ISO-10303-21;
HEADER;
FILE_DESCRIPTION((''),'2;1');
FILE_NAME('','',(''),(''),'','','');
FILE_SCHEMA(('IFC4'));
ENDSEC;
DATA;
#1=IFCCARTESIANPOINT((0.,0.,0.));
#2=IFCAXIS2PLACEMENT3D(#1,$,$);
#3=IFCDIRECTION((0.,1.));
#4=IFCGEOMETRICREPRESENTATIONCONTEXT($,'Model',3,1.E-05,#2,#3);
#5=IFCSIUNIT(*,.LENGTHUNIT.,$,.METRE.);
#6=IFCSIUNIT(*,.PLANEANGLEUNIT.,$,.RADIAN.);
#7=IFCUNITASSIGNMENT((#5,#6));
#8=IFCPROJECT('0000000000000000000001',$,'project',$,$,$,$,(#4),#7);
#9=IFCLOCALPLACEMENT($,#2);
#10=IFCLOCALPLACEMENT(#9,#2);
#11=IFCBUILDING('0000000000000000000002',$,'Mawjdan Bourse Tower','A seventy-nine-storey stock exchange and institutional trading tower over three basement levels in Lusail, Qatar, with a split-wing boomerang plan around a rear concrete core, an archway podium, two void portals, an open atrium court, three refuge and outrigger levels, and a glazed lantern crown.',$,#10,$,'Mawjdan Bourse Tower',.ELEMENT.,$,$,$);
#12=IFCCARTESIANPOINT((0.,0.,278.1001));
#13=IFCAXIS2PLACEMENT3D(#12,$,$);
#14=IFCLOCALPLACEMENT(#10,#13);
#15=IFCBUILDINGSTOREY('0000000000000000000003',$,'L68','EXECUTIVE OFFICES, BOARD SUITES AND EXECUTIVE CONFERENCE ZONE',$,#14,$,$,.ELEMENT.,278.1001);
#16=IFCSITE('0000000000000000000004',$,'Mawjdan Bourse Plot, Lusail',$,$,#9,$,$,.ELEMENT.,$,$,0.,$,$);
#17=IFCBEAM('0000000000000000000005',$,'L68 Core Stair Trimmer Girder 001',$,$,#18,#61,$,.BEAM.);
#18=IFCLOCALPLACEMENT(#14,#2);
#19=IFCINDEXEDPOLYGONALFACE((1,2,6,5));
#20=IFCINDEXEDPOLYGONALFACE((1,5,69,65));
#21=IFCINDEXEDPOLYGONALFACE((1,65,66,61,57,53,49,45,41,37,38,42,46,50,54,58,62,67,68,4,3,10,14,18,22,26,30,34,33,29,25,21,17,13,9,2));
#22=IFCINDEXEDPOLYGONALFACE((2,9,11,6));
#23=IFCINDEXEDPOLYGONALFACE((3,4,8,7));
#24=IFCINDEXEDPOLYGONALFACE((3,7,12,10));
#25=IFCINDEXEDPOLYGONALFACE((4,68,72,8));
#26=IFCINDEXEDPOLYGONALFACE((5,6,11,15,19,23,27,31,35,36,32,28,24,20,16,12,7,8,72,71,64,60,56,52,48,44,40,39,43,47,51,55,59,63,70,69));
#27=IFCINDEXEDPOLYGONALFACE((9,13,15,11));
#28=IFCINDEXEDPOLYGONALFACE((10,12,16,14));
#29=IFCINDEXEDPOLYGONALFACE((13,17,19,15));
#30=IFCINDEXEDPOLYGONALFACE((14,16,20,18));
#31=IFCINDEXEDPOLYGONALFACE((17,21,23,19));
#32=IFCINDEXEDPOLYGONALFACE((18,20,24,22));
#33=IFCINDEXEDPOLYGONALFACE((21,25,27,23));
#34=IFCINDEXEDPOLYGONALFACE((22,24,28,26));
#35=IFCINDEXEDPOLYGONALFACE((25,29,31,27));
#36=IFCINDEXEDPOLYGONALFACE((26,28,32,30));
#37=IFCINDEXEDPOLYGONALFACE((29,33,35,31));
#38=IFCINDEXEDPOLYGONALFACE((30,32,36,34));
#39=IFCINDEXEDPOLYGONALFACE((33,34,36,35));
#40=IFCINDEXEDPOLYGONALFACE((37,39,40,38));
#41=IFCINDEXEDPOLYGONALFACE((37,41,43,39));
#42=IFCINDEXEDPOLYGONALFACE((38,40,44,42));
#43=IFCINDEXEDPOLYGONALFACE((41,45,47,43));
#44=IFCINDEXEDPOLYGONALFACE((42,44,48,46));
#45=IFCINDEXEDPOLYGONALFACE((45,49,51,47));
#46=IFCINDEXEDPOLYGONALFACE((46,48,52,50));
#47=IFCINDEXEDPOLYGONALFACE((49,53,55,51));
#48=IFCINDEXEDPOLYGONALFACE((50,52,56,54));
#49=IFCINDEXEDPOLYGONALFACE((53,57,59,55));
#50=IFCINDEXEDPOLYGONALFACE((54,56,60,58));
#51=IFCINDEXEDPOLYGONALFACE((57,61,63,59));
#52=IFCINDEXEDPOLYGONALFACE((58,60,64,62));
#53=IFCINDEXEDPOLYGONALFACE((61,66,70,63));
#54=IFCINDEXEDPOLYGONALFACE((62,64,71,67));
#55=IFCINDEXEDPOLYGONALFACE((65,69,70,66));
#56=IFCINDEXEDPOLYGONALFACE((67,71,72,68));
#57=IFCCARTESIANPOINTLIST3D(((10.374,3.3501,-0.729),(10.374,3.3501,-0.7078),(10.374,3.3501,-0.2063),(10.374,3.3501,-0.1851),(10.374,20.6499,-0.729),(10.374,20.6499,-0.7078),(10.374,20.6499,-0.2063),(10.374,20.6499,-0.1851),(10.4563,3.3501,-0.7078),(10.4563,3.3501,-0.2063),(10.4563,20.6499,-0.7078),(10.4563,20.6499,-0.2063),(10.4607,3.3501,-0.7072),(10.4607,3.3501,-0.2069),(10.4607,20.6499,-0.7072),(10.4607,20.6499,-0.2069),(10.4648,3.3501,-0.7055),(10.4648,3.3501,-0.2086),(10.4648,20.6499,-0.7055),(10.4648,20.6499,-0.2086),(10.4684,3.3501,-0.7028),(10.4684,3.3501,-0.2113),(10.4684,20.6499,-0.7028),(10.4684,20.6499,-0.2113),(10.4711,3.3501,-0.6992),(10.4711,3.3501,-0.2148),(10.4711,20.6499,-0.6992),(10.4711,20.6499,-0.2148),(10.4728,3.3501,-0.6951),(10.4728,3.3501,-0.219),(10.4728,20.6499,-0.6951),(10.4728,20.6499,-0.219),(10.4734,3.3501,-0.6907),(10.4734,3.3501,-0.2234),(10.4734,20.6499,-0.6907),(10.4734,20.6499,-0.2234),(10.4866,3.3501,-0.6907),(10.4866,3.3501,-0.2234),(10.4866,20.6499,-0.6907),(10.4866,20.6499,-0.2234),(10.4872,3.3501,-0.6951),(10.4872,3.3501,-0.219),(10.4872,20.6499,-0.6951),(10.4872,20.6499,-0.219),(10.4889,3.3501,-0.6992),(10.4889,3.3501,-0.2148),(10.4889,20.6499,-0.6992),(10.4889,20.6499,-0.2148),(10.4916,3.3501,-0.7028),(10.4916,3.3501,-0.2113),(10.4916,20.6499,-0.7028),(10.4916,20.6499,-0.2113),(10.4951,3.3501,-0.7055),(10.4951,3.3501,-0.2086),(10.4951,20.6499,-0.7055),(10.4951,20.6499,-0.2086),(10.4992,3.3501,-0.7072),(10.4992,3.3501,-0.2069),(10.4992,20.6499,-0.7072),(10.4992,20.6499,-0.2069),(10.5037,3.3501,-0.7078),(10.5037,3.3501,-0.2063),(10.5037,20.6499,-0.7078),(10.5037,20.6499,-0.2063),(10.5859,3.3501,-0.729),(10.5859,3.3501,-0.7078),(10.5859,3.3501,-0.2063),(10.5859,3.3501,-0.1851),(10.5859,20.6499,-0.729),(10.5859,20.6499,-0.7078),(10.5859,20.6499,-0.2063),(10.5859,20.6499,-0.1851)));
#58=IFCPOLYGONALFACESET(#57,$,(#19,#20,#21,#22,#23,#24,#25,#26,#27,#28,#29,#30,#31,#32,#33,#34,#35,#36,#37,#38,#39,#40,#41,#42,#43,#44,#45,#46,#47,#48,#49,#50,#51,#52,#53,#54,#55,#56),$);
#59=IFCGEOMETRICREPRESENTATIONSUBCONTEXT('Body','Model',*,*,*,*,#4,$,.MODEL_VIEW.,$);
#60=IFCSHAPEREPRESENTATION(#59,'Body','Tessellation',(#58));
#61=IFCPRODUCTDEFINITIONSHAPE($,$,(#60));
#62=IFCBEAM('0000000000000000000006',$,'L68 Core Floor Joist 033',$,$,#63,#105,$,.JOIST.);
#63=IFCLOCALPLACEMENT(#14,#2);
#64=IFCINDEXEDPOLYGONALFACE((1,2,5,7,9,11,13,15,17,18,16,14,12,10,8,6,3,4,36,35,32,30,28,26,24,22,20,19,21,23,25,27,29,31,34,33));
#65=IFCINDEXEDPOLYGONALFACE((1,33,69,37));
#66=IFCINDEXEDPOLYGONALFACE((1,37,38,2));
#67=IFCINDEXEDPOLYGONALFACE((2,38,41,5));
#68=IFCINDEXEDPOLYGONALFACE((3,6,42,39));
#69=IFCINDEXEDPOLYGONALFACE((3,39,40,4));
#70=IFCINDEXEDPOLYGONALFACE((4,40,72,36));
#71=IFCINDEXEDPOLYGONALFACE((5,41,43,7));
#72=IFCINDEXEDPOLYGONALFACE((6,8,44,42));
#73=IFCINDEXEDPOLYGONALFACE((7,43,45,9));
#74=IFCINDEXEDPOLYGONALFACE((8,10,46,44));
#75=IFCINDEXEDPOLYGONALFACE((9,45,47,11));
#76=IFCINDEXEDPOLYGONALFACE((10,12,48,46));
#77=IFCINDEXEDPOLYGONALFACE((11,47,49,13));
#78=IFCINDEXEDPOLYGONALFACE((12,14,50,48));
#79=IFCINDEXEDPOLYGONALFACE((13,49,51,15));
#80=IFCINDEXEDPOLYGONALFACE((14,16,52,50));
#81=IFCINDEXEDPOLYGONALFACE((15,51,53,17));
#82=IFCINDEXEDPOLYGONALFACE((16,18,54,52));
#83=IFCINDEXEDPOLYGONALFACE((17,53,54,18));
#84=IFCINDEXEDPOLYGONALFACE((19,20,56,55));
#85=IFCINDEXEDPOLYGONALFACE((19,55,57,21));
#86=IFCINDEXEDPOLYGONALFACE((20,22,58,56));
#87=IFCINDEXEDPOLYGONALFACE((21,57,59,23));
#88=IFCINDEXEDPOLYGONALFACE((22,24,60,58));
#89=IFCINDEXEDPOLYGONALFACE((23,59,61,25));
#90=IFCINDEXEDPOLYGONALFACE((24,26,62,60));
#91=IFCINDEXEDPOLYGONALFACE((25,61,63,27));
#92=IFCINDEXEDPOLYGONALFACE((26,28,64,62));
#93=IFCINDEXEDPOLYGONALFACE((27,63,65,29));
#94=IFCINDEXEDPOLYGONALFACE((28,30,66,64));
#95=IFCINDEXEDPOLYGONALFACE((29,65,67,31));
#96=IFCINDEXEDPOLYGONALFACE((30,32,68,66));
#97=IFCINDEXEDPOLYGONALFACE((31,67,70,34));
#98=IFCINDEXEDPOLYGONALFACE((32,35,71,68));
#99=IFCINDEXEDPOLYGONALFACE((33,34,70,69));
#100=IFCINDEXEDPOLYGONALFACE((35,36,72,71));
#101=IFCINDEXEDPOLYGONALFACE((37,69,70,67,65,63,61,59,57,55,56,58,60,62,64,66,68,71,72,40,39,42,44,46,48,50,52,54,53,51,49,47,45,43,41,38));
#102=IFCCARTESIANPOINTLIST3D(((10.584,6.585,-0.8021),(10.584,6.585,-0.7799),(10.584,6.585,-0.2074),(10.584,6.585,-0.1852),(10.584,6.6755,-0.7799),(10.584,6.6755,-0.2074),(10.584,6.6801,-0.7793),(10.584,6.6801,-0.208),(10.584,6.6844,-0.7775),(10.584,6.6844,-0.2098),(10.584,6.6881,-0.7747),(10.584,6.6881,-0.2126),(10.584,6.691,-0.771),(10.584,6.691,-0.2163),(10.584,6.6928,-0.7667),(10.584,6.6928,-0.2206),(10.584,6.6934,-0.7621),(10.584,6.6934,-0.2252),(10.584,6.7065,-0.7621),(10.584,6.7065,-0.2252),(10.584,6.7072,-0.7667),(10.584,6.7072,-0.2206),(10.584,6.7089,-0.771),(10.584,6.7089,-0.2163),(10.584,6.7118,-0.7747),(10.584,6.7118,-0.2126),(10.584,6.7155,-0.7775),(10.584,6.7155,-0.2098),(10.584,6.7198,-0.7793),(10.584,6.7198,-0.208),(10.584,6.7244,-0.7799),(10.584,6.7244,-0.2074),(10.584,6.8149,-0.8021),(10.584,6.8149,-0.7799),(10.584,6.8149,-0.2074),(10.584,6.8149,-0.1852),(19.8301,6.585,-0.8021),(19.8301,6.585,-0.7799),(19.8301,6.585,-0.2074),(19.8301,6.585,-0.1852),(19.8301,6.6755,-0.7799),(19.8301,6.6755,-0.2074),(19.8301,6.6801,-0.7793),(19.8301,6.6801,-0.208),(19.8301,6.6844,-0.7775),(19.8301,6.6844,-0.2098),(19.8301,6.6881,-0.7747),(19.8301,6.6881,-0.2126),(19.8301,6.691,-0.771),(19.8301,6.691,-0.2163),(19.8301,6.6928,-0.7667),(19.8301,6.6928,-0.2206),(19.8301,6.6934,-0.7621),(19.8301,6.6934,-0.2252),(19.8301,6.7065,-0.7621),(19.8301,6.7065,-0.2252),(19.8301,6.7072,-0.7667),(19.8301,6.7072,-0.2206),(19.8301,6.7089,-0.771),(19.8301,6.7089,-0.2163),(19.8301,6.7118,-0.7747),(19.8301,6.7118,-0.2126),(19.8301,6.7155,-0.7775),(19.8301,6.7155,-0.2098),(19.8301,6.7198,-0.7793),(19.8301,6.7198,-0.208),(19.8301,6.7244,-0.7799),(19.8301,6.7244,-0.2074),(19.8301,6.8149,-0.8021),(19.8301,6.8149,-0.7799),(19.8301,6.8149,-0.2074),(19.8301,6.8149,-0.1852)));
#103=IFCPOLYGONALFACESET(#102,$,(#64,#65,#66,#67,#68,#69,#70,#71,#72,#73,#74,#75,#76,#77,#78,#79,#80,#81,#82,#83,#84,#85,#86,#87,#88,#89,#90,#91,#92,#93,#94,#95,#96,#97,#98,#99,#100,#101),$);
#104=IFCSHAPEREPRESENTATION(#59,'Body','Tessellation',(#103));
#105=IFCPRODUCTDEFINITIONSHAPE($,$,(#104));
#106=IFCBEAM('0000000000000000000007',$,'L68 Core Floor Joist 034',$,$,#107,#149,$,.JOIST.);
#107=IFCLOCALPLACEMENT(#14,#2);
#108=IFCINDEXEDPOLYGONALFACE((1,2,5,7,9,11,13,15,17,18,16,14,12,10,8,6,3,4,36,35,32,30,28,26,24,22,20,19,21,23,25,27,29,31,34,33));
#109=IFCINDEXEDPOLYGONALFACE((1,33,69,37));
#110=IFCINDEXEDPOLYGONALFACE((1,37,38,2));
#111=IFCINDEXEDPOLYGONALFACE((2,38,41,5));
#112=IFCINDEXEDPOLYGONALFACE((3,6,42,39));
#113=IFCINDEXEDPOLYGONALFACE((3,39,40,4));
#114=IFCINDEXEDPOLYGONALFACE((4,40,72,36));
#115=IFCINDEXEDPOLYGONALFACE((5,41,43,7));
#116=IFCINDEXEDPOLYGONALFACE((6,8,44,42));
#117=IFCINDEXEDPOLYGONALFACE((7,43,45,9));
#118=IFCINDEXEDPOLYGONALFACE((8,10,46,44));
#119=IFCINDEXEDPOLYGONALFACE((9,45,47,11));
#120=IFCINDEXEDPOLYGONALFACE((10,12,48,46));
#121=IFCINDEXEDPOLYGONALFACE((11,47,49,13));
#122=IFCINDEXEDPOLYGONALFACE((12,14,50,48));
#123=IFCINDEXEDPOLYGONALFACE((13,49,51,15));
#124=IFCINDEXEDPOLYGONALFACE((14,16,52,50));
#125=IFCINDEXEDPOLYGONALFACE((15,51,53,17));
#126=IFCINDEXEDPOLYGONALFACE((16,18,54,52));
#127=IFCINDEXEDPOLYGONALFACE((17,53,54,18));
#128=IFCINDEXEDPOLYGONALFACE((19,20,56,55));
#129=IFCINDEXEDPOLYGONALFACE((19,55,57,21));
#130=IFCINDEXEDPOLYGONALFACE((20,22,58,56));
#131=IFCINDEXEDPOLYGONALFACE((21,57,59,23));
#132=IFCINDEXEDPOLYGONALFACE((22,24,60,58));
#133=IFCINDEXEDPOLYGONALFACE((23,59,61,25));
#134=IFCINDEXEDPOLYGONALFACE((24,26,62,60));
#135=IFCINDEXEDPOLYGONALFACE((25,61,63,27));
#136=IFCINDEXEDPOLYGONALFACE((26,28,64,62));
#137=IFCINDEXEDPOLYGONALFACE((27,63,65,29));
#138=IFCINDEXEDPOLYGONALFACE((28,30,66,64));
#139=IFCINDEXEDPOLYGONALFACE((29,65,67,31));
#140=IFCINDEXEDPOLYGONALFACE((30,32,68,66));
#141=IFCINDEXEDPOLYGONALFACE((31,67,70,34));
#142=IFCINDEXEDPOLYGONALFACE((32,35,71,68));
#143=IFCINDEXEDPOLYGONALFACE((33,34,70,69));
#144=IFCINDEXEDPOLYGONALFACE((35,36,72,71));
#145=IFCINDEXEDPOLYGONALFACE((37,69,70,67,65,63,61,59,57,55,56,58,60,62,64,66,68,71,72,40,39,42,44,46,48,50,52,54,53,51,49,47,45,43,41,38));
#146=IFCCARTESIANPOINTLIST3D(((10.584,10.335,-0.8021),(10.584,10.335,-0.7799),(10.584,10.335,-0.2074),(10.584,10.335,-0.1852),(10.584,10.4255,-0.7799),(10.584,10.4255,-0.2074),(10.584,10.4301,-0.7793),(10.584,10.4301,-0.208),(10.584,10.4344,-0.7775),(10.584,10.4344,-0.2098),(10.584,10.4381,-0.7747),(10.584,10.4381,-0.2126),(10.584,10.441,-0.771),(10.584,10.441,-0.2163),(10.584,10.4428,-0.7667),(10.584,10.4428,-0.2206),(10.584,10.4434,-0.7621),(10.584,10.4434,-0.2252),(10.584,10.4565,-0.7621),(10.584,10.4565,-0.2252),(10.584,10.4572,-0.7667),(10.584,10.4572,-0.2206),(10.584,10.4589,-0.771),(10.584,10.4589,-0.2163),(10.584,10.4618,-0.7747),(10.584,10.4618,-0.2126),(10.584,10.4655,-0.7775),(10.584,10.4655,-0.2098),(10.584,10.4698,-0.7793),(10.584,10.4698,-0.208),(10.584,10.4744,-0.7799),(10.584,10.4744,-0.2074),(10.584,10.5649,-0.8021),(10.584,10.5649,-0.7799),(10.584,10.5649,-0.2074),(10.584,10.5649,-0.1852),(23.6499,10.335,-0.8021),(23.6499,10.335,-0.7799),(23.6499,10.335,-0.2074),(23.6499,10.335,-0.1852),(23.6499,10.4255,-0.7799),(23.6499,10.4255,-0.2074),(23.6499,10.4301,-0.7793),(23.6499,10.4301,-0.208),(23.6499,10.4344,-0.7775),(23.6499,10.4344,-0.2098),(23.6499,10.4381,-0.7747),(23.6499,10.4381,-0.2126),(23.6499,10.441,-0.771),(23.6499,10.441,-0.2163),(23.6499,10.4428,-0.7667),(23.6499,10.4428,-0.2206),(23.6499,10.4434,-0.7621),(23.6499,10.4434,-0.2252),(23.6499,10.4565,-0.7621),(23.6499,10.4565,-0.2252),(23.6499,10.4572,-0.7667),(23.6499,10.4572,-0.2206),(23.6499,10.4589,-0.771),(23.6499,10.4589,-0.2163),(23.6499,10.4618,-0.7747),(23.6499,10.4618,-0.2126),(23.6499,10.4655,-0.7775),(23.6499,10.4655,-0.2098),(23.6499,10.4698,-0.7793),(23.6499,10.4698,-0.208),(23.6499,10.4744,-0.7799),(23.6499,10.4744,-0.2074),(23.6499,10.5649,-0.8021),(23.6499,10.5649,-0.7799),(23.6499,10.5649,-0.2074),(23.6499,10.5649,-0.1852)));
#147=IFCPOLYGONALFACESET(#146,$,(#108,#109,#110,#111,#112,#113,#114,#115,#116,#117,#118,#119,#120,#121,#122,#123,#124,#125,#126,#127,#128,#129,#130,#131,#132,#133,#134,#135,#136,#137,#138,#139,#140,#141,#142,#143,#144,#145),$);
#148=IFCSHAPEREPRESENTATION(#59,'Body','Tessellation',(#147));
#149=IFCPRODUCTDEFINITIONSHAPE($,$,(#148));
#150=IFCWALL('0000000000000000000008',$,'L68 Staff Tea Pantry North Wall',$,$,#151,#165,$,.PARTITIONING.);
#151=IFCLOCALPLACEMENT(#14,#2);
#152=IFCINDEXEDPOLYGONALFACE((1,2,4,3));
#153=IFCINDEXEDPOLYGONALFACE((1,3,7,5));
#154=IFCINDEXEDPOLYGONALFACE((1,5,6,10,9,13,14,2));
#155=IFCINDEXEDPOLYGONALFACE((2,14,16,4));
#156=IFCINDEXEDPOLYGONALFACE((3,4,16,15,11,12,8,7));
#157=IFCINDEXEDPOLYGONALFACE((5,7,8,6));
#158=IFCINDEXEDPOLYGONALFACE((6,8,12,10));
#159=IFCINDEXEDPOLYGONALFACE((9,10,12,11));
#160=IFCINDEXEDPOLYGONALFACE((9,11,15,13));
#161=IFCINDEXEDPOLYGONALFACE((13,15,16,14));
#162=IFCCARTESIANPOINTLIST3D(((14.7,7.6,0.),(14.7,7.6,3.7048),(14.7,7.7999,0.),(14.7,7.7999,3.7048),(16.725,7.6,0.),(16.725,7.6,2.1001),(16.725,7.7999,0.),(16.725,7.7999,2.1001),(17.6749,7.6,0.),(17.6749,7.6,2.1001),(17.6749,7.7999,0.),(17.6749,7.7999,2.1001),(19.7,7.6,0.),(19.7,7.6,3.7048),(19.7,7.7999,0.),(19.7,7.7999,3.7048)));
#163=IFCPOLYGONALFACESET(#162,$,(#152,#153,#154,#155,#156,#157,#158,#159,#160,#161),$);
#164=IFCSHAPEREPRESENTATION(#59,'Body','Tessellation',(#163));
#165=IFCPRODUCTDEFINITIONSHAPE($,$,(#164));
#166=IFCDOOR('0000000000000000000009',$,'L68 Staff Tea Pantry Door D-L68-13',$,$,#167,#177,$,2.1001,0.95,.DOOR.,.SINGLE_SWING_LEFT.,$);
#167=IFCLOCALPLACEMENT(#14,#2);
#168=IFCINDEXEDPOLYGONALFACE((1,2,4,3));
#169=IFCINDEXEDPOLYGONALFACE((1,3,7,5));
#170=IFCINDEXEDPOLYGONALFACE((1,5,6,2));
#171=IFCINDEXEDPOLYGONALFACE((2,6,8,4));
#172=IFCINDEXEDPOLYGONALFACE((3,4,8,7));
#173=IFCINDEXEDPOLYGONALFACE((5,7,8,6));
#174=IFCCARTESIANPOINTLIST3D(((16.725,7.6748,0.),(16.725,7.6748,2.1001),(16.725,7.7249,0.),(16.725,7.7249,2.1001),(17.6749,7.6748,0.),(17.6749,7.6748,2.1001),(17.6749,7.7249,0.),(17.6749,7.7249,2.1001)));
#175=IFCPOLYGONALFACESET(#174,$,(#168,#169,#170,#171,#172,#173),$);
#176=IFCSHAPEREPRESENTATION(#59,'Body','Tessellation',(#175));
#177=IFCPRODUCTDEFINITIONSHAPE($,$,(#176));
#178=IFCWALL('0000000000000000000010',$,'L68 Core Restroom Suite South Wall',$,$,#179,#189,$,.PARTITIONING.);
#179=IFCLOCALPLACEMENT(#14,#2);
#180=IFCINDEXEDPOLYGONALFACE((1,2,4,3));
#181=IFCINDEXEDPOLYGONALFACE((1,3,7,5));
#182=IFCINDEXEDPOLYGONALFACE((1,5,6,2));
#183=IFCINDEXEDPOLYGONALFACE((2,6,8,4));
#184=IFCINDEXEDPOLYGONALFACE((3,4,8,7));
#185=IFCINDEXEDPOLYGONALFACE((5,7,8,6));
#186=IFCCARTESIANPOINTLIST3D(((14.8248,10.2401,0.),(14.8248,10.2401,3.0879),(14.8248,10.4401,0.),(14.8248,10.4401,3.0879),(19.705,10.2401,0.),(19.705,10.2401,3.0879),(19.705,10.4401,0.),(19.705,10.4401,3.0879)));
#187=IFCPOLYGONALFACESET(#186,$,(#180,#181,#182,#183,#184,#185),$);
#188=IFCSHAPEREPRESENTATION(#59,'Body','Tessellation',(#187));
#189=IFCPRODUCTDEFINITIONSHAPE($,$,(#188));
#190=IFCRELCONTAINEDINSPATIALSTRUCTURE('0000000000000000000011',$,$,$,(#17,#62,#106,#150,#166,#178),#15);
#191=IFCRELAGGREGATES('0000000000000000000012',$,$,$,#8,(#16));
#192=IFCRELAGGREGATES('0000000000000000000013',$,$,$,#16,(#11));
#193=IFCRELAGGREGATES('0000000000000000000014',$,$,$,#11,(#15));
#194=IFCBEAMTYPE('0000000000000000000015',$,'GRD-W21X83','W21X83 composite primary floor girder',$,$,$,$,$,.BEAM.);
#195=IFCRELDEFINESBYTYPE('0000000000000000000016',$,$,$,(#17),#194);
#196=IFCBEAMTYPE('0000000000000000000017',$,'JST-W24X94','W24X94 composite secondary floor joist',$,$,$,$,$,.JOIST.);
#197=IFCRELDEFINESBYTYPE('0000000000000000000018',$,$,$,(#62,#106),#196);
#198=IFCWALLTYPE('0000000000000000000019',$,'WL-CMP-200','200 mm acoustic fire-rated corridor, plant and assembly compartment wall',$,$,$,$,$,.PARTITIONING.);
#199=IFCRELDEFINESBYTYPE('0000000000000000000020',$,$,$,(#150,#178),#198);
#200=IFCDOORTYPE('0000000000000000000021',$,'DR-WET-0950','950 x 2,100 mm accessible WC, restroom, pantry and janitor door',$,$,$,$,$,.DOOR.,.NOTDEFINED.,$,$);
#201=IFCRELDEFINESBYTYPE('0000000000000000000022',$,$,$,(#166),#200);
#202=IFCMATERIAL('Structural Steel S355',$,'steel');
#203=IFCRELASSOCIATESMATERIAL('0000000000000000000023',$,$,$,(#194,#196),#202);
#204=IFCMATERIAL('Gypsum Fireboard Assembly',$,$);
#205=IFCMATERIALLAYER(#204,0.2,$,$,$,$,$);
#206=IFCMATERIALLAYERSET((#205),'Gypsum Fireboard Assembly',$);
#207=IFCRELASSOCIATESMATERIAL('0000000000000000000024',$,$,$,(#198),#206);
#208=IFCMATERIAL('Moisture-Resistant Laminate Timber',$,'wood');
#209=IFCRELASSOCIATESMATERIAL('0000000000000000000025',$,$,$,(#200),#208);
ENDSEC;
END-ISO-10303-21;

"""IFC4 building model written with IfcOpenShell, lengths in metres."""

from ifc_helpers import new_model, si_unit, direction, frame, frame_2d, origin, origin_2d, place, context, subcontext, project, spatial, rectangle, i_section, extrude, material, layer, layer_set, material_profile, profile_set, type_object, element, fill, save


model = new_model("IFC4")

# Units and contexts
model_context = context("Model", 3, precision=1e-05, world=origin(), true_north=direction((0.0, 1.0)))
body_context = subcontext(model_context, "Body", "Model", "MODEL_VIEW")
ifc_project = project(units=[si_unit("LENGTHUNIT", "METRE"), si_unit("PLANEANGLEUNIT", "RADIAN")], contexts=[model_context])

# Site, building, storey
site_placement = place(None, origin())
site = spatial("IfcSite", under=ifc_project, at=site_placement, Name="Mawjdan Bourse Plot, Lusail", CompositionType="ELEMENT", RefElevation=0.0)
building_placement = place(site_placement, origin())
building = spatial("IfcBuilding", under=site, at=building_placement, Name="Mawjdan Bourse Tower", Description="A seventy-nine-storey stock exchange and institutional trading tower over three basement levels in Lusail, Qatar, with a split-wing boomerang plan around a rear concrete core, an archway podium, two void portals, an open atrium court, three refuge and outrigger levels, and a glazed lantern crown.", LongName="Mawjdan Bourse Tower", CompositionType="ELEMENT")
storey_placement = place(building_placement, frame((0.0, 0.0, 278.1001)))
storey = spatial("IfcBuildingStorey", under=building, at=storey_placement, Name="L68", Description="EXECUTIVE OFFICES, BOARD SUITES AND EXECUTIVE CONFERENCE ZONE", CompositionType="ELEMENT", Elevation=278.1001)

# Beams
ifc_material_1 = material(Name="Structural Steel S355", Category="steel")
ifc_material_profile_1 = material_profile(ifc_material_1, i_section(OverallWidth=0.2119, OverallDepth=0.5439, WebThickness=0.0132, FlangeThickness=0.0212, FilletRadius=0.0171, at=origin_2d()), Name="W21X83")
ifc_profile_set_1 = profile_set([ifc_material_profile_1], Name="Structural Steel S355")
beam_type_1 = type_object("IfcBeamType", Name="GRD-W21X83", Description="W21X83 composite primary floor girder", PredefinedType="BEAM", material=ifc_profile_set_1)
beam_1_placement = place(storey_placement, frame((10.48, 3.3501, -0.457), z_axis=(0.0, 1.0, 0.0), x_axis=(-1.0, 0.0, 0.0)))
element("IfcBeam", 1, at=beam_1_placement, inside=storey, type_object=beam_type_1, Name="L68 Core Stair Trimmer Girder 001", PredefinedType="BEAM", context=body_context, shape_type="SweptSolid", body=[
    extrude(i_section(OverallWidth=0.2119, OverallDepth=0.5439, WebThickness=0.0132, FlangeThickness=0.0212, FilletRadius=0.0171, at=origin_2d()), origin(), (0.0, 0.0, 1.0), 17.2998),
])
ifc_material_profile_2 = material_profile(ifc_material_1, i_section(OverallWidth=0.23, OverallDepth=0.6169, WebThickness=0.0132, FlangeThickness=0.0222, FilletRadius=0.0178, at=origin_2d()), Name="W24X94")
ifc_profile_set_2 = profile_set([ifc_material_profile_2], Name="Structural Steel S355")
beam_type_2 = type_object("IfcBeamType", Name="JST-W24X94", Description="W24X94 composite secondary floor joist", PredefinedType="JOIST", material=ifc_profile_set_2)
beam_2_placement = place(storey_placement, frame((10.584, 6.7, -0.4937), z_axis=(1.0, 0.0, 0.0), x_axis=(0.0, 1.0, 0.0)))
element("IfcBeam", 2, at=beam_2_placement, inside=storey, type_object=beam_type_2, Name="L68 Core Floor Joist 033", PredefinedType="JOIST", context=body_context, shape_type="SweptSolid", body=[
    extrude(i_section(OverallWidth=0.23, OverallDepth=0.6169, WebThickness=0.0132, FlangeThickness=0.0222, FilletRadius=0.0178, at=origin_2d()), origin(), (0.0, 0.0, 1.0), 9.2461),
])
beam_3_placement = place(storey_placement, frame((10.584, 10.45, -0.4937), z_axis=(1.0, 0.0, 0.0), x_axis=(0.0, 1.0, 0.0)))
element("IfcBeam", 3, at=beam_3_placement, inside=storey, type_object=beam_type_2, Name="L68 Core Floor Joist 034", PredefinedType="JOIST", context=body_context, shape_type="SweptSolid", body=[
    extrude(i_section(OverallWidth=0.23, OverallDepth=0.6169, WebThickness=0.0132, FlangeThickness=0.0222, FilletRadius=0.0178, at=origin_2d()), origin(), (0.0, 0.0, 1.0), 13.0659),
])

# Wall, opening, door
ifc_material_2 = material(Name="Gypsum Fireboard Assembly")
ifc_layer_1 = layer(ifc_material_2, 0.2)
ifc_layer_set_1 = layer_set([ifc_layer_1], Name="Gypsum Fireboard Assembly")
wall_type_1 = type_object("IfcWallType", Name="WL-CMP-200", Description="200 mm acoustic fire-rated corridor, plant and assembly compartment wall", PredefinedType="PARTITIONING", material=ifc_layer_set_1)
wall_1_placement = place(storey_placement, frame((14.7, 7.7, 0.0), z_axis=(0.0, 0.0, 1.0), x_axis=(1.0, 0.0, 0.0)))
wall_1 = element("IfcWall", 4, at=wall_1_placement, inside=storey, type_object=wall_type_1, Name="L68 Staff Tea Pantry North Wall", PredefinedType="PARTITIONING", context=body_context, shape_type="SweptSolid", body=[
    extrude(rectangle(XDim=5.0, YDim=0.2, at=frame_2d((2.5, 0.0))), origin(), (0.0, 0.0, 1.0), 3.7048),
])
opening_1_placement = place(wall_1_placement, frame((2.0249, 0.0, 0.0)))
opening_1 = element("IfcOpeningElement", 5, at=opening_1_placement, cuts=wall_1, PredefinedType="OPENING", context=body_context, shape_type="SweptSolid", body=[
    extrude(rectangle(XDim=0.95, YDim=2.1001, at=frame_2d((0.4751, 1.05))), frame((0.0, 0.1099, 0.0), z_axis=(0.0, -1.0, 0.0), x_axis=(1.0, 0.0, 0.0)), (0.0, 0.0, 1.0), 0.22),
])
ifc_material_3 = material(Name="Moisture-Resistant Laminate Timber", Category="wood")
door_type_1 = type_object("IfcDoorType", Name="DR-WET-0950", Description="950 x 2,100 mm accessible WC, restroom, pantry and janitor door", OperationType="NOTDEFINED", PredefinedType="DOOR", material=ifc_material_3)
door_1_placement = place(opening_1_placement, origin())
door_1 = element("IfcDoor", 6, at=door_1_placement, inside=storey, type_object=door_type_1, Name="L68 Staff Tea Pantry Door D-L68-13", OperationType="SINGLE_SWING_LEFT", OverallHeight=2.1001, OverallWidth=0.95, PredefinedType="DOOR", context=body_context, shape_type="SweptSolid", body=[
    extrude(rectangle(XDim=0.95, YDim=2.1001, at=frame_2d((0.4751, 1.05))), frame((0.0, 0.0249, 0.0), z_axis=(0.0, -1.0, 0.0), x_axis=(1.0, 0.0, 0.0)), (0.0, 0.0, 1.0), 0.05),
])
fill(opening_1, door_1)

# Wall
wall_2_placement = place(storey_placement, frame((14.825, 10.3401, 0.0), z_axis=(0.0, 0.0, 1.0), x_axis=(1.0, 0.0, 0.0)))
element("IfcWall", 7, at=wall_2_placement, inside=storey, type_object=wall_type_1, Name="L68 Core Restroom Suite South Wall", PredefinedType="PARTITIONING", context=body_context, shape_type="SweptSolid", body=[
    extrude(rectangle(XDim=4.8801, YDim=0.2, at=frame_2d((2.4399, 0.0))), origin(), (0.0, 0.0, 1.0), 3.0879),
])

save(model, "model.ifc")
